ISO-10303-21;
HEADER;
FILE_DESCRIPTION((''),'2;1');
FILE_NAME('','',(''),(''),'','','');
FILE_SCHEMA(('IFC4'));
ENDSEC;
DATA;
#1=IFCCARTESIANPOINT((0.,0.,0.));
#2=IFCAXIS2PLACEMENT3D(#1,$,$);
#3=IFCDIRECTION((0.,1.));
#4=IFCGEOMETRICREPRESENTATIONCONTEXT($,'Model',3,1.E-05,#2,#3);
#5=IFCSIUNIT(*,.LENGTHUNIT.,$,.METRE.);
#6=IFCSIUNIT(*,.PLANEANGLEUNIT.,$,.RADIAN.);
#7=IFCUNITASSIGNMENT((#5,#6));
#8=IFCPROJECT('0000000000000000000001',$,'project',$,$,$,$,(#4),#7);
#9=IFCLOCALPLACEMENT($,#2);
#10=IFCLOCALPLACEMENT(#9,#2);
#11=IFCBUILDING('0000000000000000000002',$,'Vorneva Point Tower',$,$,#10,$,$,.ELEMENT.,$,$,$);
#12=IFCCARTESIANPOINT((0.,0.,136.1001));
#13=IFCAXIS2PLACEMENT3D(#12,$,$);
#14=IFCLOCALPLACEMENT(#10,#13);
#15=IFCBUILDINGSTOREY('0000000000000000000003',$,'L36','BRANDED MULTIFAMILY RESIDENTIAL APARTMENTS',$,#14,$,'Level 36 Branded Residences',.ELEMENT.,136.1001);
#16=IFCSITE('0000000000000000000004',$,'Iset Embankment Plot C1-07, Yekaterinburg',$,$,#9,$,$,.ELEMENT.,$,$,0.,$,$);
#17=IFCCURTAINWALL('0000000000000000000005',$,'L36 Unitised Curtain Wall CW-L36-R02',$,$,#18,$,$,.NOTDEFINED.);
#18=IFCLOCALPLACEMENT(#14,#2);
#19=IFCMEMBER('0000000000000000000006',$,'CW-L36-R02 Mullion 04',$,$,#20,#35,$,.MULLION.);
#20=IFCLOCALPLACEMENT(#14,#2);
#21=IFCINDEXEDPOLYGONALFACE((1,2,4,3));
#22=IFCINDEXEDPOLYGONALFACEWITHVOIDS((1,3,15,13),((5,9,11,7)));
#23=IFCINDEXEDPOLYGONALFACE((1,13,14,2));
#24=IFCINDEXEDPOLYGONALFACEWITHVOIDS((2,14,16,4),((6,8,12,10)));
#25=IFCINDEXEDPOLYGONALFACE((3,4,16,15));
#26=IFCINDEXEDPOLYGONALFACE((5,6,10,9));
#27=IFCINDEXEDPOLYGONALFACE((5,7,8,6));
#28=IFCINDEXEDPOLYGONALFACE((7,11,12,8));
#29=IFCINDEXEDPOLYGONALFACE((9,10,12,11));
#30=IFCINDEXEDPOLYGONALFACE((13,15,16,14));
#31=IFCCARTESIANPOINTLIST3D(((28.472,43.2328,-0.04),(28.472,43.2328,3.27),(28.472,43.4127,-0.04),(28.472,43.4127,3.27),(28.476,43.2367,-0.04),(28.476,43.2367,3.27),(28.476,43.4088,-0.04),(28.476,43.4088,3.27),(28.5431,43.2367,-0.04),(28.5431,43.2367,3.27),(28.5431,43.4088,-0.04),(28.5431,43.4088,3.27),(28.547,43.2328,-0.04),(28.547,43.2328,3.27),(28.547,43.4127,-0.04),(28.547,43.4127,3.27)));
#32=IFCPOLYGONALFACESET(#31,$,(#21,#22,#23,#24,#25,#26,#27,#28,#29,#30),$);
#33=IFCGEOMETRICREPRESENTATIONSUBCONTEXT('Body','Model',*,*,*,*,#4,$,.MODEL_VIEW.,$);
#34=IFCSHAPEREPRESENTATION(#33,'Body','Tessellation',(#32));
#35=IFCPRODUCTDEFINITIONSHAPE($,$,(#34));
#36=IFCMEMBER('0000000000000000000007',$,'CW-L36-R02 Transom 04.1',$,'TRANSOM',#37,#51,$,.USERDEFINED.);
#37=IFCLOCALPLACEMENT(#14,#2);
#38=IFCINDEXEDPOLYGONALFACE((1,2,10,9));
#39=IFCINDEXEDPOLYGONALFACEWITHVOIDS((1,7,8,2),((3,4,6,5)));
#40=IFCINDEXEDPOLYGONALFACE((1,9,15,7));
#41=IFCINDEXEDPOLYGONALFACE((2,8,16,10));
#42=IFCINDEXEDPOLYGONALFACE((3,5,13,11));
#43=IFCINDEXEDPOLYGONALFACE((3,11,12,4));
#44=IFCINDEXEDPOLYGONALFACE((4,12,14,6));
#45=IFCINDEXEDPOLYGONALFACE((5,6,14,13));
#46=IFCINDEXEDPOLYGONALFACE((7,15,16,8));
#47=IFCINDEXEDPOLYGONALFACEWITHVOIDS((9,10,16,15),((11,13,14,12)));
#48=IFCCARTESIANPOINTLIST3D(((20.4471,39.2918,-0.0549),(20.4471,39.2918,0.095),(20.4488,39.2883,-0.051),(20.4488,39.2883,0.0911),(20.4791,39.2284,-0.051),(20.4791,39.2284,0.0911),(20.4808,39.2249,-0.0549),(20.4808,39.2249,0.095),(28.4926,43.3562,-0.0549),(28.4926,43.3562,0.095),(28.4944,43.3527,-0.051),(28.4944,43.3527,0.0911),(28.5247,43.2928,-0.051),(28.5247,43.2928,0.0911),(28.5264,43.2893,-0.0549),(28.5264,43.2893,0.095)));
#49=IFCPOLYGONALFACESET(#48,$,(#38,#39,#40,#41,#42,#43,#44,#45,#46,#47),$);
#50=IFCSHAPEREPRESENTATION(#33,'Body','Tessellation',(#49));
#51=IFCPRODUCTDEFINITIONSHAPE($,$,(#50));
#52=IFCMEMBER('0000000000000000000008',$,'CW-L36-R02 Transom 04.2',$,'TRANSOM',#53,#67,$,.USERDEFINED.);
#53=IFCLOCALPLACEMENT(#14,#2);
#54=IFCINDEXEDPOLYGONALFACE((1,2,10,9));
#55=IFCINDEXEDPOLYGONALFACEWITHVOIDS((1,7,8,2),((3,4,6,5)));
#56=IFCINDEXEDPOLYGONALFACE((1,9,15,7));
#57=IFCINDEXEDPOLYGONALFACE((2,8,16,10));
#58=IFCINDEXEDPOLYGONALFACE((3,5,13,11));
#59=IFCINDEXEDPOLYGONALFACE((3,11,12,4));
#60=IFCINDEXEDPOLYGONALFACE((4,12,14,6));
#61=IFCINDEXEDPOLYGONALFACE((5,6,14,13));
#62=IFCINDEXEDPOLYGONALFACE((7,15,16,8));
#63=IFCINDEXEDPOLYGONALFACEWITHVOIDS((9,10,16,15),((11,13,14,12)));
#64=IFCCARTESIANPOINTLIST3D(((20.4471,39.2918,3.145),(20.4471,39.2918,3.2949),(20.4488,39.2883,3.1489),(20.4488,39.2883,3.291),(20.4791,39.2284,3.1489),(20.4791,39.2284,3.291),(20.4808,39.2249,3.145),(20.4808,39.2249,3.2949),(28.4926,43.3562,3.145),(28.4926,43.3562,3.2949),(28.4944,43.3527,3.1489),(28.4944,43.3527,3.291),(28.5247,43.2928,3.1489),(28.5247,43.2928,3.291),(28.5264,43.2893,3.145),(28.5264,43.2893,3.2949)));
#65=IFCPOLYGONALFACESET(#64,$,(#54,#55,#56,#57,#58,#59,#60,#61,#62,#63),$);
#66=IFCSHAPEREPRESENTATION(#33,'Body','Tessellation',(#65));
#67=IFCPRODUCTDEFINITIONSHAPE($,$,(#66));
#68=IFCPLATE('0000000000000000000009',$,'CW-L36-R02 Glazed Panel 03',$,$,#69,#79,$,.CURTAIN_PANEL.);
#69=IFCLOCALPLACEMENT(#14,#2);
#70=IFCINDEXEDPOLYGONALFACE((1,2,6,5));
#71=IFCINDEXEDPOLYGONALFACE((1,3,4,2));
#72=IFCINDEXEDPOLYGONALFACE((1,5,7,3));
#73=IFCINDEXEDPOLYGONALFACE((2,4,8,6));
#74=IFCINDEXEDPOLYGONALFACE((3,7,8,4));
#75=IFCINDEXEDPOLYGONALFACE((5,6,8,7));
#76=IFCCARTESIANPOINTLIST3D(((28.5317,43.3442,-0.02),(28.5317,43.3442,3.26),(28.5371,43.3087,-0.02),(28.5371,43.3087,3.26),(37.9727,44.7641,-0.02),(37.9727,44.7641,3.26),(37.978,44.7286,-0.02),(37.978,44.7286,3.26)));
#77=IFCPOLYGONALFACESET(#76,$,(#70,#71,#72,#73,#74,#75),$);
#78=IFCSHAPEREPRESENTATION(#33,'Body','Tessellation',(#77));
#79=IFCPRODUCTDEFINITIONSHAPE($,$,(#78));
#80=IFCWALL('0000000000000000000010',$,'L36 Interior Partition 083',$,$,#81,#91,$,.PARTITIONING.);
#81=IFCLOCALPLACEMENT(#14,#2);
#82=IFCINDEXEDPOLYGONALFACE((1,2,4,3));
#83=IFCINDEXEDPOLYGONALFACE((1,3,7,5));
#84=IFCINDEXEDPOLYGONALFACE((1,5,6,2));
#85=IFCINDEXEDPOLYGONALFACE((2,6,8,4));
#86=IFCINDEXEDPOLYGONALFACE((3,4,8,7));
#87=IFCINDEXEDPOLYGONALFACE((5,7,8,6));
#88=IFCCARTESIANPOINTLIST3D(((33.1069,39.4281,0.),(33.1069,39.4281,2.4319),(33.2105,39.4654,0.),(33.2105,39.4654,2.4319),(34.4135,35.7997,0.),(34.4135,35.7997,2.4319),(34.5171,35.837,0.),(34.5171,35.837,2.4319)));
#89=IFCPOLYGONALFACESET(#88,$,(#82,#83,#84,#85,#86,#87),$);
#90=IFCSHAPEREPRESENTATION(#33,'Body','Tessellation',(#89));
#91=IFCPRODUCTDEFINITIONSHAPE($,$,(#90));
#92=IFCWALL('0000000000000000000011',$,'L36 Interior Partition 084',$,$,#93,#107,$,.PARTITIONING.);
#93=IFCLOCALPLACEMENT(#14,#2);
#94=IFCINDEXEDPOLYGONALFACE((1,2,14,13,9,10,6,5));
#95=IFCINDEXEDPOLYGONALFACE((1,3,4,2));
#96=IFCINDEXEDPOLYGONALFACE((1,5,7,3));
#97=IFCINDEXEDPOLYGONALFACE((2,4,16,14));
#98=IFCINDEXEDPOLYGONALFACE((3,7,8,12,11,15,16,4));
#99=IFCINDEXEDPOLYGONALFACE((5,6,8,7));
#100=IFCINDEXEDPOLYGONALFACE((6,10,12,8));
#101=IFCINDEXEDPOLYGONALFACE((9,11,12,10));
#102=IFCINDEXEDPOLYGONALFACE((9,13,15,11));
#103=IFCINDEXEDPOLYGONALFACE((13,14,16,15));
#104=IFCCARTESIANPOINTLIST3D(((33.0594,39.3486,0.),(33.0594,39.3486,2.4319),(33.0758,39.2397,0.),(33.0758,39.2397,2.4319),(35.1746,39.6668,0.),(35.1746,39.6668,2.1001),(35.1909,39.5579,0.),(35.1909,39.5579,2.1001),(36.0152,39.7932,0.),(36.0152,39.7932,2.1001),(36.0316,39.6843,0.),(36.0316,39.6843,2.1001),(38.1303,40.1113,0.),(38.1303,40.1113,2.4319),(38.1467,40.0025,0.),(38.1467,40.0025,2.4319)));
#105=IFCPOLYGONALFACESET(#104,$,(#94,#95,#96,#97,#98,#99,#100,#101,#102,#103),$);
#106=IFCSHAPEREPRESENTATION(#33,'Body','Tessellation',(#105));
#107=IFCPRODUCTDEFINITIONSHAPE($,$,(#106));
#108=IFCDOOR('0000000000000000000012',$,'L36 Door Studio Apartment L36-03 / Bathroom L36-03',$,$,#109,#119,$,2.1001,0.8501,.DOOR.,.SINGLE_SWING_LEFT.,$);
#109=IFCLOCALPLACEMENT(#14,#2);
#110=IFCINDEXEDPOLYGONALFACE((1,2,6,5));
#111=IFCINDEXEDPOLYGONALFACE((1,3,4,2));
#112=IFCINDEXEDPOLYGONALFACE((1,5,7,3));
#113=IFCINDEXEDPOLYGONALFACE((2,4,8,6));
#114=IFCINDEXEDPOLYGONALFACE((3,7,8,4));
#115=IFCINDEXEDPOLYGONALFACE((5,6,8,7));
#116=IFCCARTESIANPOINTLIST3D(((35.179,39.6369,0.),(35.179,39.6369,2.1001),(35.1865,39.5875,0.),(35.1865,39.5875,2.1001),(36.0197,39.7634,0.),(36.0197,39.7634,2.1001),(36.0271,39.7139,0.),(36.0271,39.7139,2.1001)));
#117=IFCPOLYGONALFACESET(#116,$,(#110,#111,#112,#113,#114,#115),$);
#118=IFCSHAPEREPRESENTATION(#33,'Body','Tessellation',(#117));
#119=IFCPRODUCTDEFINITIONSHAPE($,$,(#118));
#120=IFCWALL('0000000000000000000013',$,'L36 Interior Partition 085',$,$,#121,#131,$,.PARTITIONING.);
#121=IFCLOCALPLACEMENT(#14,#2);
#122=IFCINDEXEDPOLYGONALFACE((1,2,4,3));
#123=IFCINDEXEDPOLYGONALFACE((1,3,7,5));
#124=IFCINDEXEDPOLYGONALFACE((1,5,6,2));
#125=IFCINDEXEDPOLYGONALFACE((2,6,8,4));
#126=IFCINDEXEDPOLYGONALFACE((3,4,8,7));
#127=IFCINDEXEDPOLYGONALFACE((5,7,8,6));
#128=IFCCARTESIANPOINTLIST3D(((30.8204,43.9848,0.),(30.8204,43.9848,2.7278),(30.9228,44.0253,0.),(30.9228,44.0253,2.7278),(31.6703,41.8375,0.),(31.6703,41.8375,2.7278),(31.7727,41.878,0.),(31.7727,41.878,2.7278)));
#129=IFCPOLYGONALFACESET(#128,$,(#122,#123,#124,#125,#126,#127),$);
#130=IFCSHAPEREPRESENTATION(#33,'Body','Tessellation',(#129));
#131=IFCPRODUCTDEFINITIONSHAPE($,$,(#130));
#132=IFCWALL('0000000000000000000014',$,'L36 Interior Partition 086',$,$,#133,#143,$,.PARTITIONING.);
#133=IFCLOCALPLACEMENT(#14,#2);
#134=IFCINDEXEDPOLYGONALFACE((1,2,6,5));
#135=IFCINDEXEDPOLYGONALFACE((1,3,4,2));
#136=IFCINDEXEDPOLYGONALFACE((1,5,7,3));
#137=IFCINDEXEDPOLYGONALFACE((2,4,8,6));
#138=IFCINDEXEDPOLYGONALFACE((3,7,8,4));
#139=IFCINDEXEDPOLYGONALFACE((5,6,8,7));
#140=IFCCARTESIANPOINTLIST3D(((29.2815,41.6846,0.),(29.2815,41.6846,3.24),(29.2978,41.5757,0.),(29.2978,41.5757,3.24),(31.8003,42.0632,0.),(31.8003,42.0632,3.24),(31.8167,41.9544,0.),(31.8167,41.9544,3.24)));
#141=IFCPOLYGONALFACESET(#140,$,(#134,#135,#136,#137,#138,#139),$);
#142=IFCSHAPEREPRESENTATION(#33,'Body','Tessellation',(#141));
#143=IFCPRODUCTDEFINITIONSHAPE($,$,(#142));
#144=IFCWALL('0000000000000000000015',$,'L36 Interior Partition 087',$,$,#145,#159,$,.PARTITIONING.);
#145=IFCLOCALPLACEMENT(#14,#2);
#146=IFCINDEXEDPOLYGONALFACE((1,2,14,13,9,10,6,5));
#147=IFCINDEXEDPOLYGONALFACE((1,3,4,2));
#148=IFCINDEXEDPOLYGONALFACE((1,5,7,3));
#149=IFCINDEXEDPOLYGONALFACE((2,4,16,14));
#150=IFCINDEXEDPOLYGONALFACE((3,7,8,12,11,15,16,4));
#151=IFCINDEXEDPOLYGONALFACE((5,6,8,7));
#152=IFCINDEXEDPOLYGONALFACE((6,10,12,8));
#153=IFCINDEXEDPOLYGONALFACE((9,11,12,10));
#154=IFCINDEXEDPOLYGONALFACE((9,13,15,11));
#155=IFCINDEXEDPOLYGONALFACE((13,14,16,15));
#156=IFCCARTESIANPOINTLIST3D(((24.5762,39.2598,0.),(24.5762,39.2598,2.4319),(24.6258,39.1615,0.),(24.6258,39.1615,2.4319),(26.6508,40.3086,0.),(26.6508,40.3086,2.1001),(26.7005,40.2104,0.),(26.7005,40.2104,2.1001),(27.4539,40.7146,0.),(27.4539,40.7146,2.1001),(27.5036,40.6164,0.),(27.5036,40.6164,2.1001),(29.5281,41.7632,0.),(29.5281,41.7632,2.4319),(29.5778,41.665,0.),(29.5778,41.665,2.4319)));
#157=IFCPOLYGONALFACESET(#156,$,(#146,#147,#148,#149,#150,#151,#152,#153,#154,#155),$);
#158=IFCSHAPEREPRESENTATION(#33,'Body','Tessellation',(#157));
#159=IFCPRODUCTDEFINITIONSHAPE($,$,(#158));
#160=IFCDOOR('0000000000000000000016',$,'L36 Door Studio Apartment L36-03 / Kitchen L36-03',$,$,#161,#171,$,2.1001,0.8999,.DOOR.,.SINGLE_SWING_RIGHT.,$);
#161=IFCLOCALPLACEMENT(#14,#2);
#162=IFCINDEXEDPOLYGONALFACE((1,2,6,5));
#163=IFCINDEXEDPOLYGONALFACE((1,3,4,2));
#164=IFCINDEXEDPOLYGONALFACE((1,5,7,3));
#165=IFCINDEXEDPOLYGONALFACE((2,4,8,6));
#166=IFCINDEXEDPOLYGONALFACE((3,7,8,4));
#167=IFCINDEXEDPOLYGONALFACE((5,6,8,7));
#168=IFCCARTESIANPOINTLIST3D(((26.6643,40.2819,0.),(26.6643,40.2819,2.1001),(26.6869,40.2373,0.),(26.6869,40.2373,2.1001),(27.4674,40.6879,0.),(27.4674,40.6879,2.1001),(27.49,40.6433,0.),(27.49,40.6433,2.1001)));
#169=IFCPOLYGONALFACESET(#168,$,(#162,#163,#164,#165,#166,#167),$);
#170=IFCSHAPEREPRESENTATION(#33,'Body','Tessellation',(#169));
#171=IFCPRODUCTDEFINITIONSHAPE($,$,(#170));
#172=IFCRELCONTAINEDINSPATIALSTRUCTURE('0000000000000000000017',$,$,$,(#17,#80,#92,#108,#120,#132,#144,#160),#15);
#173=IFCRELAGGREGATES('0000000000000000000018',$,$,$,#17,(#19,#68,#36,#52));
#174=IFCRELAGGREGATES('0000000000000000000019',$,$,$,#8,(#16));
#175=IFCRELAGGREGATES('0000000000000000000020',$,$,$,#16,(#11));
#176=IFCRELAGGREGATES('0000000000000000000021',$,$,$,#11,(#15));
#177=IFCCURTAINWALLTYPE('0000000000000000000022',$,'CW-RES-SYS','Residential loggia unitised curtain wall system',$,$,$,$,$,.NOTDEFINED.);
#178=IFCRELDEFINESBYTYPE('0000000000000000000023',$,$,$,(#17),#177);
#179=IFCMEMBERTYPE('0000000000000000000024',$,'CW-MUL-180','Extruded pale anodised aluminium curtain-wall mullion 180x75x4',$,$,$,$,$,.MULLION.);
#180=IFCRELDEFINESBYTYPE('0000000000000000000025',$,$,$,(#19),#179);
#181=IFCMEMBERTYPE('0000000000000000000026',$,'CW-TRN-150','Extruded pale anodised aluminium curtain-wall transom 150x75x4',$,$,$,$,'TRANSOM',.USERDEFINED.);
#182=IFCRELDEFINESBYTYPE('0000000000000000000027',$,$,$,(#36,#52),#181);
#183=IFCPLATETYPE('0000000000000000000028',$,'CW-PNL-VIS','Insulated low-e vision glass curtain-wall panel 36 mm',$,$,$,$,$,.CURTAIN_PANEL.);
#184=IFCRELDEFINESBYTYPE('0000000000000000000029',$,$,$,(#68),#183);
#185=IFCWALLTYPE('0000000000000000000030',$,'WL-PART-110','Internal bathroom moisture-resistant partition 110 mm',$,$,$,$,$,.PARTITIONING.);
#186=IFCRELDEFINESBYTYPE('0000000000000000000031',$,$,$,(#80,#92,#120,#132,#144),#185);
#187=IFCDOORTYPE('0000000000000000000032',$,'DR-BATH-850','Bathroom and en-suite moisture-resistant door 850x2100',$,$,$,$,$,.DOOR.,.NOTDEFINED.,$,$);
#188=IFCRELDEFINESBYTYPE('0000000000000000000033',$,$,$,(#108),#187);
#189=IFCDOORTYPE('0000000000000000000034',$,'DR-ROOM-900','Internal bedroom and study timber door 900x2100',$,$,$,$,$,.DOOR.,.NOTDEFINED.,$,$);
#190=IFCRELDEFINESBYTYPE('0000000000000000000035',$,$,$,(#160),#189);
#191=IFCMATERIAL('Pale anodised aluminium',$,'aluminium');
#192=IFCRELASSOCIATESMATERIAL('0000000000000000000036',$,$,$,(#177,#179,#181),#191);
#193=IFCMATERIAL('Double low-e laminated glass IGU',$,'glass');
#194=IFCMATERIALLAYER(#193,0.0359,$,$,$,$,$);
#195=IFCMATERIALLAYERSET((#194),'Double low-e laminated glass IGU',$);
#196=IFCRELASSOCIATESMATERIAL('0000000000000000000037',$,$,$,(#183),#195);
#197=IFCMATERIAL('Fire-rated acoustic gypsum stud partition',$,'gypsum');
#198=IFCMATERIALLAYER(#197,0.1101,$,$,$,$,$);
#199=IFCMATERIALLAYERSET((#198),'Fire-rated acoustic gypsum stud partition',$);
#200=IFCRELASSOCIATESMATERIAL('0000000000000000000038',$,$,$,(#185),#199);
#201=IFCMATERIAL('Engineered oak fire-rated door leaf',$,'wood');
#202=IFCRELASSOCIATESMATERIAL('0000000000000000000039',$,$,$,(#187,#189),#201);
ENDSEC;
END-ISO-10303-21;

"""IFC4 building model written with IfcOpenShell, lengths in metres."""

from ifc_helpers import new_model, si_unit, direction, frame, frame_2d, origin, origin_2d, place, context, subcontext, project, spatial, rectangle, hollow_rectangle, extrude, material, layer, layer_set, material_profile, profile_set, type_object, element, fill, aggregate, save


model = new_model("IFC4")

# Units and contexts
model_context = context("Model", 3, precision=1e-05, world=origin(), true_north=direction((0.0, 1.0)))
body_context = subcontext(model_context, "Body", "Model", "MODEL_VIEW")
ifc_project = project(units=[si_unit("LENGTHUNIT", "METRE"), si_unit("PLANEANGLEUNIT", "RADIAN")], contexts=[model_context])

# Site, building, storey
site_placement = place(None, origin())
site = spatial("IfcSite", under=ifc_project, at=site_placement, Name="Iset Embankment Plot C1-07, Yekaterinburg", CompositionType="ELEMENT", RefElevation=0.0)
building_placement = place(site_placement, origin())
building = spatial("IfcBuilding", under=site, at=building_placement, Name="Vorneva Point Tower", CompositionType="ELEMENT")
storey_placement = place(building_placement, frame((0.0, 0.0, 136.1001)))
storey = spatial("IfcBuildingStorey", under=building, at=storey_placement, Name="L36", Description="BRANDED MULTIFAMILY RESIDENTIAL APARTMENTS", LongName="Level 36 Branded Residences", CompositionType="ELEMENT", Elevation=136.1001)

# Curtain wall, members, plate
ifc_material_1 = material(Name="Pale anodised aluminium", Category="aluminium")
curtain_wall_type = type_object("IfcCurtainWallType", Name="CW-RES-SYS", Description="Residential loggia unitised curtain wall system", PredefinedType="NOTDEFINED", material=ifc_material_1)
curtain_wall_placement = place(storey_placement, origin())
curtain_wall = element("IfcCurtainWall", 1, at=curtain_wall_placement, inside=storey, type_object=curtain_wall_type, Name="L36 Unitised Curtain Wall CW-L36-R02", PredefinedType="NOTDEFINED")
ifc_material_profile_1 = material_profile(ifc_material_1, hollow_rectangle(XDim=0.075, YDim=0.1799, WallThickness=0.0039, at=origin_2d()), Name="AL-MUL 180x75x4")
ifc_profile_set_1 = profile_set([ifc_material_profile_1], Name="Pale anodised aluminium")
member_type_1 = type_object("IfcMemberType", Name="CW-MUL-180", Description="Extruded pale anodised aluminium curtain-wall mullion 180x75x4", PredefinedType="MULLION", material=ifc_profile_set_1)
member_1_placement = place(storey_placement, frame((28.5095, 43.3228, -0.04), z_axis=(0.0, 0.0, 1.0), x_axis=(1.0, 0.0, 0.0)))
member_1 = element("IfcMember", 2, at=member_1_placement, type_object=member_type_1, Name="CW-L36-R02 Mullion 04", PredefinedType="MULLION", context=body_context, shape_type="SweptSolid", body=[
    extrude(hollow_rectangle(XDim=0.075, YDim=0.1799, WallThickness=0.0039, at=origin_2d()), origin(), (0.0, 0.0, 1.0), 3.3101),
])
ifc_material_profile_2 = material_profile(ifc_material_1, hollow_rectangle(XDim=0.075, YDim=0.1499, WallThickness=0.0039, at=origin_2d()), Name="AL-TRN 150x75x4")
ifc_profile_set_2 = profile_set([ifc_material_profile_2], Name="Pale anodised aluminium")
member_type_2 = type_object("IfcMemberType", Name="CW-TRN-150", Description="Extruded pale anodised aluminium curtain-wall transom 150x75x4", ElementType="TRANSOM", PredefinedType="USERDEFINED", material=ifc_profile_set_2)
member_2_placement = place(storey_placement, frame((28.5095, 43.3228, 0.02), z_axis=(-0.892572, -0.450904, 0.0), x_axis=(0.450904, -0.892572, 0.0)))
member_2 = element("IfcMember", 3, at=member_2_placement, type_object=member_type_2, Name="CW-L36-R02 Transom 04.1", ObjectType="TRANSOM", PredefinedType="USERDEFINED", context=body_context, shape_type="SweptSolid", body=[
    extrude(hollow_rectangle(XDim=0.075, YDim=0.1499, WallThickness=0.0039, at=origin_2d()), origin(), (0.0, 0.0, 1.0), 9.0139),
])
member_3_placement = place(storey_placement, frame((28.5095, 43.3228, 3.22), z_axis=(-0.892572, -0.450904, 0.0), x_axis=(0.450904, -0.892572, 0.0)))
member_3 = element("IfcMember", 4, at=member_3_placement, type_object=member_type_2, Name="CW-L36-R02 Transom 04.2", ObjectType="TRANSOM", PredefinedType="USERDEFINED", context=body_context, shape_type="SweptSolid", body=[
    extrude(hollow_rectangle(XDim=0.075, YDim=0.1499, WallThickness=0.0039, at=origin_2d()), origin(), (0.0, 0.0, 1.0), 9.0139),
])
ifc_material_2 = material(Name="Double low-e laminated glass IGU", Category="glass")
ifc_layer_1 = layer(ifc_material_2, 0.0359)
ifc_layer_set_1 = layer_set([ifc_layer_1], Name="Double low-e laminated glass IGU")
plate_type = type_object("IfcPlateType", Name="CW-PNL-VIS", Description="Insulated low-e vision glass curtain-wall panel 36 mm", PredefinedType="CURTAIN_PANEL", material=ifc_layer_set_1)
plate_placement = place(storey_placement, frame((33.2549, 44.0364, -0.02), z_axis=(0.0, 0.0, 1.0), x_axis=(-0.988879, -0.148724, 0.0)))
plate = element("IfcPlate", 5, at=plate_placement, type_object=plate_type, Name="CW-L36-R02 Glazed Panel 03", PredefinedType="CURTAIN_PANEL", context=body_context, shape_type="SweptSolid", body=[
    extrude(rectangle(XDim=9.5471, YDim=0.0359, at=origin_2d()), origin(), (0.0, 0.0, 1.0), 3.28),
])
aggregate(curtain_wall, [member_1, plate, member_2, member_3])

# Wall
ifc_material_3 = material(Name="Fire-rated acoustic gypsum stud partition", Category="gypsum")
ifc_layer_2 = layer(ifc_material_3, 0.1101)
ifc_layer_set_2 = layer_set([ifc_layer_2], Name="Fire-rated acoustic gypsum stud partition")
wall_type_1 = type_object("IfcWallType", Name="WL-PART-110", Description="Internal bathroom moisture-resistant partition 110 mm", PredefinedType="PARTITIONING", material=ifc_layer_set_2)
wall_1_placement = place(storey_placement, frame((34.4653, 35.8184, 0.0), z_axis=(0.0, 0.0, 1.0), x_axis=(-0.338814, 0.940854, 0.0)))
element("IfcWall", 6, at=wall_1_placement, inside=storey, type_object=wall_type_1, Name="L36 Interior Partition 083", PredefinedType="PARTITIONING", context=body_context, shape_type="SweptSolid", body=[
    extrude(rectangle(XDim=3.8564, YDim=0.1101, at=frame_2d((1.9282, 0.0))), origin(), (0.0, 0.0, 1.0), 2.4319),
])

# Wall, opening, door
wall_2_placement = place(storey_placement, frame((33.0676, 39.2942, 0.0), z_axis=(0.0, 0.0, 1.0), x_axis=(0.988877, 0.148736, 0.0)))
wall_2 = element("IfcWall", 7, at=wall_2_placement, inside=storey, type_object=wall_type_1, Name="L36 Interior Partition 084", PredefinedType="PARTITIONING", context=body_context, shape_type="SweptSolid", body=[
    extrude(rectangle(XDim=5.1279, YDim=0.1101, at=frame_2d((2.564, 0.0))), origin(), (0.0, 0.0, 1.0), 2.4319),
])
opening_1_placement = place(wall_2_placement, frame((2.1389, 0.0, 0.0)))
opening_1 = element("IfcOpeningElement", 8, at=opening_1_placement, cuts=wall_2, PredefinedType="OPENING", context=body_context, shape_type="SweptSolid", body=[
    extrude(rectangle(XDim=0.8501, YDim=2.1001, at=frame_2d((0.425, 1.05))), frame((0.0, 0.0698, 0.0), z_axis=(0.0, -1.0, 0.0), x_axis=(1.0, 0.0, 0.0)), (0.0, 0.0, 1.0), 0.1399),
])
ifc_material_4 = material(Name="Engineered oak fire-rated door leaf", Category="wood")
door_type_1 = type_object("IfcDoorType", Name="DR-BATH-850", Description="Bathroom and en-suite moisture-resistant door 850x2100", OperationType="NOTDEFINED", PredefinedType="DOOR", material=ifc_material_4)
door_1_placement = place(opening_1_placement, origin())
door_1 = element("IfcDoor", 9, at=door_1_placement, inside=storey, type_object=door_type_1, Name="L36 Door Studio Apartment L36-03 / Bathroom L36-03", OperationType="SINGLE_SWING_LEFT", OverallHeight=2.1001, OverallWidth=0.8501, PredefinedType="DOOR", context=body_context, shape_type="SweptSolid", body=[
    extrude(rectangle(XDim=0.8501, YDim=2.1001, at=frame_2d((0.425, 1.05))), frame((0.0, 0.0249, 0.0), z_axis=(0.0, -1.0, 0.0), x_axis=(1.0, 0.0, 0.0)), (0.0, 0.0, 1.0), 0.05),
])
fill(opening_1, door_1)

# Walls
wall_3_placement = place(storey_placement, frame((30.8716, 44.0051, 0.0), z_axis=(0.0, 0.0, 1.0), x_axis=(0.368016, -0.929819, 0.0)))
element("IfcWall", 10, at=wall_3_placement, inside=storey, type_object=wall_type_1, Name="L36 Interior Partition 085", PredefinedType="PARTITIONING", context=body_context, shape_type="SweptSolid", body=[
    extrude(rectangle(XDim=2.3093, YDim=0.1101, at=frame_2d((1.1548, 0.0))), origin(), (0.0, 0.0, 1.0), 2.7278),
])
wall_4_placement = place(storey_placement, frame((31.8083, 42.0088, 0.0), z_axis=(0.0, 0.0, 1.0), x_axis=(-0.988888, -0.148664, 0.0)))
element("IfcWall", 11, at=wall_4_placement, inside=storey, type_object=wall_type_1, Name="L36 Interior Partition 086", PredefinedType="PARTITIONING", context=body_context, shape_type="SweptSolid", body=[
    extrude(rectangle(XDim=2.5471, YDim=0.1101, at=frame_2d((1.2734, 0.0))), origin(), (0.0, 0.0, 1.0), 3.24),
])

# Wall, opening, door
wall_5_placement = place(storey_placement, frame((29.553, 41.7141, 0.0), z_axis=(0.0, 0.0, 1.0), x_axis=(-0.892438, -0.451169, 0.0)))
wall_5 = element("IfcWall", 12, at=wall_5_placement, inside=storey, type_object=wall_type_1, Name="L36 Interior Partition 087", PredefinedType="PARTITIONING", context=body_context, shape_type="SweptSolid", body=[
    extrude(rectangle(XDim=5.5488, YDim=0.1101, at=frame_2d((2.7744, 0.0))), origin(), (0.0, 0.0, 1.0), 2.4319),
])
opening_2_placement = place(wall_5_placement, frame((2.3242, 0.0, 0.0)))
opening_2 = element("IfcOpeningElement", 13, at=opening_2_placement, cuts=wall_5, PredefinedType="OPENING", context=body_context, shape_type="SweptSolid", body=[
    extrude(rectangle(XDim=0.8999, YDim=2.1001, at=frame_2d((0.45, 1.05))), frame((0.0, 0.0698, 0.0), z_axis=(0.0, -1.0, 0.0), x_axis=(1.0, 0.0, 0.0)), (0.0, 0.0, 1.0), 0.1399),
])
door_type_2 = type_object("IfcDoorType", Name="DR-ROOM-900", Description="Internal bedroom and study timber door 900x2100", OperationType="NOTDEFINED", PredefinedType="DOOR", material=ifc_material_4)
door_2_placement = place(opening_2_placement, origin())
door_2 = element("IfcDoor", 14, at=door_2_placement, inside=storey, type_object=door_type_2, Name="L36 Door Studio Apartment L36-03 / Kitchen L36-03", OperationType="SINGLE_SWING_RIGHT", OverallHeight=2.1001, OverallWidth=0.8999, PredefinedType="DOOR", context=body_context, shape_type="SweptSolid", body=[
    extrude(rectangle(XDim=0.8999, YDim=2.1001, at=frame_2d((0.45, 1.05))), frame((0.0, 0.0249, 0.0), z_axis=(0.0, -1.0, 0.0), x_axis=(1.0, 0.0, 0.0)), (0.0, 0.0, 1.0), 0.05),
])
fill(opening_2, door_2)

save(model, "model.ifc")
